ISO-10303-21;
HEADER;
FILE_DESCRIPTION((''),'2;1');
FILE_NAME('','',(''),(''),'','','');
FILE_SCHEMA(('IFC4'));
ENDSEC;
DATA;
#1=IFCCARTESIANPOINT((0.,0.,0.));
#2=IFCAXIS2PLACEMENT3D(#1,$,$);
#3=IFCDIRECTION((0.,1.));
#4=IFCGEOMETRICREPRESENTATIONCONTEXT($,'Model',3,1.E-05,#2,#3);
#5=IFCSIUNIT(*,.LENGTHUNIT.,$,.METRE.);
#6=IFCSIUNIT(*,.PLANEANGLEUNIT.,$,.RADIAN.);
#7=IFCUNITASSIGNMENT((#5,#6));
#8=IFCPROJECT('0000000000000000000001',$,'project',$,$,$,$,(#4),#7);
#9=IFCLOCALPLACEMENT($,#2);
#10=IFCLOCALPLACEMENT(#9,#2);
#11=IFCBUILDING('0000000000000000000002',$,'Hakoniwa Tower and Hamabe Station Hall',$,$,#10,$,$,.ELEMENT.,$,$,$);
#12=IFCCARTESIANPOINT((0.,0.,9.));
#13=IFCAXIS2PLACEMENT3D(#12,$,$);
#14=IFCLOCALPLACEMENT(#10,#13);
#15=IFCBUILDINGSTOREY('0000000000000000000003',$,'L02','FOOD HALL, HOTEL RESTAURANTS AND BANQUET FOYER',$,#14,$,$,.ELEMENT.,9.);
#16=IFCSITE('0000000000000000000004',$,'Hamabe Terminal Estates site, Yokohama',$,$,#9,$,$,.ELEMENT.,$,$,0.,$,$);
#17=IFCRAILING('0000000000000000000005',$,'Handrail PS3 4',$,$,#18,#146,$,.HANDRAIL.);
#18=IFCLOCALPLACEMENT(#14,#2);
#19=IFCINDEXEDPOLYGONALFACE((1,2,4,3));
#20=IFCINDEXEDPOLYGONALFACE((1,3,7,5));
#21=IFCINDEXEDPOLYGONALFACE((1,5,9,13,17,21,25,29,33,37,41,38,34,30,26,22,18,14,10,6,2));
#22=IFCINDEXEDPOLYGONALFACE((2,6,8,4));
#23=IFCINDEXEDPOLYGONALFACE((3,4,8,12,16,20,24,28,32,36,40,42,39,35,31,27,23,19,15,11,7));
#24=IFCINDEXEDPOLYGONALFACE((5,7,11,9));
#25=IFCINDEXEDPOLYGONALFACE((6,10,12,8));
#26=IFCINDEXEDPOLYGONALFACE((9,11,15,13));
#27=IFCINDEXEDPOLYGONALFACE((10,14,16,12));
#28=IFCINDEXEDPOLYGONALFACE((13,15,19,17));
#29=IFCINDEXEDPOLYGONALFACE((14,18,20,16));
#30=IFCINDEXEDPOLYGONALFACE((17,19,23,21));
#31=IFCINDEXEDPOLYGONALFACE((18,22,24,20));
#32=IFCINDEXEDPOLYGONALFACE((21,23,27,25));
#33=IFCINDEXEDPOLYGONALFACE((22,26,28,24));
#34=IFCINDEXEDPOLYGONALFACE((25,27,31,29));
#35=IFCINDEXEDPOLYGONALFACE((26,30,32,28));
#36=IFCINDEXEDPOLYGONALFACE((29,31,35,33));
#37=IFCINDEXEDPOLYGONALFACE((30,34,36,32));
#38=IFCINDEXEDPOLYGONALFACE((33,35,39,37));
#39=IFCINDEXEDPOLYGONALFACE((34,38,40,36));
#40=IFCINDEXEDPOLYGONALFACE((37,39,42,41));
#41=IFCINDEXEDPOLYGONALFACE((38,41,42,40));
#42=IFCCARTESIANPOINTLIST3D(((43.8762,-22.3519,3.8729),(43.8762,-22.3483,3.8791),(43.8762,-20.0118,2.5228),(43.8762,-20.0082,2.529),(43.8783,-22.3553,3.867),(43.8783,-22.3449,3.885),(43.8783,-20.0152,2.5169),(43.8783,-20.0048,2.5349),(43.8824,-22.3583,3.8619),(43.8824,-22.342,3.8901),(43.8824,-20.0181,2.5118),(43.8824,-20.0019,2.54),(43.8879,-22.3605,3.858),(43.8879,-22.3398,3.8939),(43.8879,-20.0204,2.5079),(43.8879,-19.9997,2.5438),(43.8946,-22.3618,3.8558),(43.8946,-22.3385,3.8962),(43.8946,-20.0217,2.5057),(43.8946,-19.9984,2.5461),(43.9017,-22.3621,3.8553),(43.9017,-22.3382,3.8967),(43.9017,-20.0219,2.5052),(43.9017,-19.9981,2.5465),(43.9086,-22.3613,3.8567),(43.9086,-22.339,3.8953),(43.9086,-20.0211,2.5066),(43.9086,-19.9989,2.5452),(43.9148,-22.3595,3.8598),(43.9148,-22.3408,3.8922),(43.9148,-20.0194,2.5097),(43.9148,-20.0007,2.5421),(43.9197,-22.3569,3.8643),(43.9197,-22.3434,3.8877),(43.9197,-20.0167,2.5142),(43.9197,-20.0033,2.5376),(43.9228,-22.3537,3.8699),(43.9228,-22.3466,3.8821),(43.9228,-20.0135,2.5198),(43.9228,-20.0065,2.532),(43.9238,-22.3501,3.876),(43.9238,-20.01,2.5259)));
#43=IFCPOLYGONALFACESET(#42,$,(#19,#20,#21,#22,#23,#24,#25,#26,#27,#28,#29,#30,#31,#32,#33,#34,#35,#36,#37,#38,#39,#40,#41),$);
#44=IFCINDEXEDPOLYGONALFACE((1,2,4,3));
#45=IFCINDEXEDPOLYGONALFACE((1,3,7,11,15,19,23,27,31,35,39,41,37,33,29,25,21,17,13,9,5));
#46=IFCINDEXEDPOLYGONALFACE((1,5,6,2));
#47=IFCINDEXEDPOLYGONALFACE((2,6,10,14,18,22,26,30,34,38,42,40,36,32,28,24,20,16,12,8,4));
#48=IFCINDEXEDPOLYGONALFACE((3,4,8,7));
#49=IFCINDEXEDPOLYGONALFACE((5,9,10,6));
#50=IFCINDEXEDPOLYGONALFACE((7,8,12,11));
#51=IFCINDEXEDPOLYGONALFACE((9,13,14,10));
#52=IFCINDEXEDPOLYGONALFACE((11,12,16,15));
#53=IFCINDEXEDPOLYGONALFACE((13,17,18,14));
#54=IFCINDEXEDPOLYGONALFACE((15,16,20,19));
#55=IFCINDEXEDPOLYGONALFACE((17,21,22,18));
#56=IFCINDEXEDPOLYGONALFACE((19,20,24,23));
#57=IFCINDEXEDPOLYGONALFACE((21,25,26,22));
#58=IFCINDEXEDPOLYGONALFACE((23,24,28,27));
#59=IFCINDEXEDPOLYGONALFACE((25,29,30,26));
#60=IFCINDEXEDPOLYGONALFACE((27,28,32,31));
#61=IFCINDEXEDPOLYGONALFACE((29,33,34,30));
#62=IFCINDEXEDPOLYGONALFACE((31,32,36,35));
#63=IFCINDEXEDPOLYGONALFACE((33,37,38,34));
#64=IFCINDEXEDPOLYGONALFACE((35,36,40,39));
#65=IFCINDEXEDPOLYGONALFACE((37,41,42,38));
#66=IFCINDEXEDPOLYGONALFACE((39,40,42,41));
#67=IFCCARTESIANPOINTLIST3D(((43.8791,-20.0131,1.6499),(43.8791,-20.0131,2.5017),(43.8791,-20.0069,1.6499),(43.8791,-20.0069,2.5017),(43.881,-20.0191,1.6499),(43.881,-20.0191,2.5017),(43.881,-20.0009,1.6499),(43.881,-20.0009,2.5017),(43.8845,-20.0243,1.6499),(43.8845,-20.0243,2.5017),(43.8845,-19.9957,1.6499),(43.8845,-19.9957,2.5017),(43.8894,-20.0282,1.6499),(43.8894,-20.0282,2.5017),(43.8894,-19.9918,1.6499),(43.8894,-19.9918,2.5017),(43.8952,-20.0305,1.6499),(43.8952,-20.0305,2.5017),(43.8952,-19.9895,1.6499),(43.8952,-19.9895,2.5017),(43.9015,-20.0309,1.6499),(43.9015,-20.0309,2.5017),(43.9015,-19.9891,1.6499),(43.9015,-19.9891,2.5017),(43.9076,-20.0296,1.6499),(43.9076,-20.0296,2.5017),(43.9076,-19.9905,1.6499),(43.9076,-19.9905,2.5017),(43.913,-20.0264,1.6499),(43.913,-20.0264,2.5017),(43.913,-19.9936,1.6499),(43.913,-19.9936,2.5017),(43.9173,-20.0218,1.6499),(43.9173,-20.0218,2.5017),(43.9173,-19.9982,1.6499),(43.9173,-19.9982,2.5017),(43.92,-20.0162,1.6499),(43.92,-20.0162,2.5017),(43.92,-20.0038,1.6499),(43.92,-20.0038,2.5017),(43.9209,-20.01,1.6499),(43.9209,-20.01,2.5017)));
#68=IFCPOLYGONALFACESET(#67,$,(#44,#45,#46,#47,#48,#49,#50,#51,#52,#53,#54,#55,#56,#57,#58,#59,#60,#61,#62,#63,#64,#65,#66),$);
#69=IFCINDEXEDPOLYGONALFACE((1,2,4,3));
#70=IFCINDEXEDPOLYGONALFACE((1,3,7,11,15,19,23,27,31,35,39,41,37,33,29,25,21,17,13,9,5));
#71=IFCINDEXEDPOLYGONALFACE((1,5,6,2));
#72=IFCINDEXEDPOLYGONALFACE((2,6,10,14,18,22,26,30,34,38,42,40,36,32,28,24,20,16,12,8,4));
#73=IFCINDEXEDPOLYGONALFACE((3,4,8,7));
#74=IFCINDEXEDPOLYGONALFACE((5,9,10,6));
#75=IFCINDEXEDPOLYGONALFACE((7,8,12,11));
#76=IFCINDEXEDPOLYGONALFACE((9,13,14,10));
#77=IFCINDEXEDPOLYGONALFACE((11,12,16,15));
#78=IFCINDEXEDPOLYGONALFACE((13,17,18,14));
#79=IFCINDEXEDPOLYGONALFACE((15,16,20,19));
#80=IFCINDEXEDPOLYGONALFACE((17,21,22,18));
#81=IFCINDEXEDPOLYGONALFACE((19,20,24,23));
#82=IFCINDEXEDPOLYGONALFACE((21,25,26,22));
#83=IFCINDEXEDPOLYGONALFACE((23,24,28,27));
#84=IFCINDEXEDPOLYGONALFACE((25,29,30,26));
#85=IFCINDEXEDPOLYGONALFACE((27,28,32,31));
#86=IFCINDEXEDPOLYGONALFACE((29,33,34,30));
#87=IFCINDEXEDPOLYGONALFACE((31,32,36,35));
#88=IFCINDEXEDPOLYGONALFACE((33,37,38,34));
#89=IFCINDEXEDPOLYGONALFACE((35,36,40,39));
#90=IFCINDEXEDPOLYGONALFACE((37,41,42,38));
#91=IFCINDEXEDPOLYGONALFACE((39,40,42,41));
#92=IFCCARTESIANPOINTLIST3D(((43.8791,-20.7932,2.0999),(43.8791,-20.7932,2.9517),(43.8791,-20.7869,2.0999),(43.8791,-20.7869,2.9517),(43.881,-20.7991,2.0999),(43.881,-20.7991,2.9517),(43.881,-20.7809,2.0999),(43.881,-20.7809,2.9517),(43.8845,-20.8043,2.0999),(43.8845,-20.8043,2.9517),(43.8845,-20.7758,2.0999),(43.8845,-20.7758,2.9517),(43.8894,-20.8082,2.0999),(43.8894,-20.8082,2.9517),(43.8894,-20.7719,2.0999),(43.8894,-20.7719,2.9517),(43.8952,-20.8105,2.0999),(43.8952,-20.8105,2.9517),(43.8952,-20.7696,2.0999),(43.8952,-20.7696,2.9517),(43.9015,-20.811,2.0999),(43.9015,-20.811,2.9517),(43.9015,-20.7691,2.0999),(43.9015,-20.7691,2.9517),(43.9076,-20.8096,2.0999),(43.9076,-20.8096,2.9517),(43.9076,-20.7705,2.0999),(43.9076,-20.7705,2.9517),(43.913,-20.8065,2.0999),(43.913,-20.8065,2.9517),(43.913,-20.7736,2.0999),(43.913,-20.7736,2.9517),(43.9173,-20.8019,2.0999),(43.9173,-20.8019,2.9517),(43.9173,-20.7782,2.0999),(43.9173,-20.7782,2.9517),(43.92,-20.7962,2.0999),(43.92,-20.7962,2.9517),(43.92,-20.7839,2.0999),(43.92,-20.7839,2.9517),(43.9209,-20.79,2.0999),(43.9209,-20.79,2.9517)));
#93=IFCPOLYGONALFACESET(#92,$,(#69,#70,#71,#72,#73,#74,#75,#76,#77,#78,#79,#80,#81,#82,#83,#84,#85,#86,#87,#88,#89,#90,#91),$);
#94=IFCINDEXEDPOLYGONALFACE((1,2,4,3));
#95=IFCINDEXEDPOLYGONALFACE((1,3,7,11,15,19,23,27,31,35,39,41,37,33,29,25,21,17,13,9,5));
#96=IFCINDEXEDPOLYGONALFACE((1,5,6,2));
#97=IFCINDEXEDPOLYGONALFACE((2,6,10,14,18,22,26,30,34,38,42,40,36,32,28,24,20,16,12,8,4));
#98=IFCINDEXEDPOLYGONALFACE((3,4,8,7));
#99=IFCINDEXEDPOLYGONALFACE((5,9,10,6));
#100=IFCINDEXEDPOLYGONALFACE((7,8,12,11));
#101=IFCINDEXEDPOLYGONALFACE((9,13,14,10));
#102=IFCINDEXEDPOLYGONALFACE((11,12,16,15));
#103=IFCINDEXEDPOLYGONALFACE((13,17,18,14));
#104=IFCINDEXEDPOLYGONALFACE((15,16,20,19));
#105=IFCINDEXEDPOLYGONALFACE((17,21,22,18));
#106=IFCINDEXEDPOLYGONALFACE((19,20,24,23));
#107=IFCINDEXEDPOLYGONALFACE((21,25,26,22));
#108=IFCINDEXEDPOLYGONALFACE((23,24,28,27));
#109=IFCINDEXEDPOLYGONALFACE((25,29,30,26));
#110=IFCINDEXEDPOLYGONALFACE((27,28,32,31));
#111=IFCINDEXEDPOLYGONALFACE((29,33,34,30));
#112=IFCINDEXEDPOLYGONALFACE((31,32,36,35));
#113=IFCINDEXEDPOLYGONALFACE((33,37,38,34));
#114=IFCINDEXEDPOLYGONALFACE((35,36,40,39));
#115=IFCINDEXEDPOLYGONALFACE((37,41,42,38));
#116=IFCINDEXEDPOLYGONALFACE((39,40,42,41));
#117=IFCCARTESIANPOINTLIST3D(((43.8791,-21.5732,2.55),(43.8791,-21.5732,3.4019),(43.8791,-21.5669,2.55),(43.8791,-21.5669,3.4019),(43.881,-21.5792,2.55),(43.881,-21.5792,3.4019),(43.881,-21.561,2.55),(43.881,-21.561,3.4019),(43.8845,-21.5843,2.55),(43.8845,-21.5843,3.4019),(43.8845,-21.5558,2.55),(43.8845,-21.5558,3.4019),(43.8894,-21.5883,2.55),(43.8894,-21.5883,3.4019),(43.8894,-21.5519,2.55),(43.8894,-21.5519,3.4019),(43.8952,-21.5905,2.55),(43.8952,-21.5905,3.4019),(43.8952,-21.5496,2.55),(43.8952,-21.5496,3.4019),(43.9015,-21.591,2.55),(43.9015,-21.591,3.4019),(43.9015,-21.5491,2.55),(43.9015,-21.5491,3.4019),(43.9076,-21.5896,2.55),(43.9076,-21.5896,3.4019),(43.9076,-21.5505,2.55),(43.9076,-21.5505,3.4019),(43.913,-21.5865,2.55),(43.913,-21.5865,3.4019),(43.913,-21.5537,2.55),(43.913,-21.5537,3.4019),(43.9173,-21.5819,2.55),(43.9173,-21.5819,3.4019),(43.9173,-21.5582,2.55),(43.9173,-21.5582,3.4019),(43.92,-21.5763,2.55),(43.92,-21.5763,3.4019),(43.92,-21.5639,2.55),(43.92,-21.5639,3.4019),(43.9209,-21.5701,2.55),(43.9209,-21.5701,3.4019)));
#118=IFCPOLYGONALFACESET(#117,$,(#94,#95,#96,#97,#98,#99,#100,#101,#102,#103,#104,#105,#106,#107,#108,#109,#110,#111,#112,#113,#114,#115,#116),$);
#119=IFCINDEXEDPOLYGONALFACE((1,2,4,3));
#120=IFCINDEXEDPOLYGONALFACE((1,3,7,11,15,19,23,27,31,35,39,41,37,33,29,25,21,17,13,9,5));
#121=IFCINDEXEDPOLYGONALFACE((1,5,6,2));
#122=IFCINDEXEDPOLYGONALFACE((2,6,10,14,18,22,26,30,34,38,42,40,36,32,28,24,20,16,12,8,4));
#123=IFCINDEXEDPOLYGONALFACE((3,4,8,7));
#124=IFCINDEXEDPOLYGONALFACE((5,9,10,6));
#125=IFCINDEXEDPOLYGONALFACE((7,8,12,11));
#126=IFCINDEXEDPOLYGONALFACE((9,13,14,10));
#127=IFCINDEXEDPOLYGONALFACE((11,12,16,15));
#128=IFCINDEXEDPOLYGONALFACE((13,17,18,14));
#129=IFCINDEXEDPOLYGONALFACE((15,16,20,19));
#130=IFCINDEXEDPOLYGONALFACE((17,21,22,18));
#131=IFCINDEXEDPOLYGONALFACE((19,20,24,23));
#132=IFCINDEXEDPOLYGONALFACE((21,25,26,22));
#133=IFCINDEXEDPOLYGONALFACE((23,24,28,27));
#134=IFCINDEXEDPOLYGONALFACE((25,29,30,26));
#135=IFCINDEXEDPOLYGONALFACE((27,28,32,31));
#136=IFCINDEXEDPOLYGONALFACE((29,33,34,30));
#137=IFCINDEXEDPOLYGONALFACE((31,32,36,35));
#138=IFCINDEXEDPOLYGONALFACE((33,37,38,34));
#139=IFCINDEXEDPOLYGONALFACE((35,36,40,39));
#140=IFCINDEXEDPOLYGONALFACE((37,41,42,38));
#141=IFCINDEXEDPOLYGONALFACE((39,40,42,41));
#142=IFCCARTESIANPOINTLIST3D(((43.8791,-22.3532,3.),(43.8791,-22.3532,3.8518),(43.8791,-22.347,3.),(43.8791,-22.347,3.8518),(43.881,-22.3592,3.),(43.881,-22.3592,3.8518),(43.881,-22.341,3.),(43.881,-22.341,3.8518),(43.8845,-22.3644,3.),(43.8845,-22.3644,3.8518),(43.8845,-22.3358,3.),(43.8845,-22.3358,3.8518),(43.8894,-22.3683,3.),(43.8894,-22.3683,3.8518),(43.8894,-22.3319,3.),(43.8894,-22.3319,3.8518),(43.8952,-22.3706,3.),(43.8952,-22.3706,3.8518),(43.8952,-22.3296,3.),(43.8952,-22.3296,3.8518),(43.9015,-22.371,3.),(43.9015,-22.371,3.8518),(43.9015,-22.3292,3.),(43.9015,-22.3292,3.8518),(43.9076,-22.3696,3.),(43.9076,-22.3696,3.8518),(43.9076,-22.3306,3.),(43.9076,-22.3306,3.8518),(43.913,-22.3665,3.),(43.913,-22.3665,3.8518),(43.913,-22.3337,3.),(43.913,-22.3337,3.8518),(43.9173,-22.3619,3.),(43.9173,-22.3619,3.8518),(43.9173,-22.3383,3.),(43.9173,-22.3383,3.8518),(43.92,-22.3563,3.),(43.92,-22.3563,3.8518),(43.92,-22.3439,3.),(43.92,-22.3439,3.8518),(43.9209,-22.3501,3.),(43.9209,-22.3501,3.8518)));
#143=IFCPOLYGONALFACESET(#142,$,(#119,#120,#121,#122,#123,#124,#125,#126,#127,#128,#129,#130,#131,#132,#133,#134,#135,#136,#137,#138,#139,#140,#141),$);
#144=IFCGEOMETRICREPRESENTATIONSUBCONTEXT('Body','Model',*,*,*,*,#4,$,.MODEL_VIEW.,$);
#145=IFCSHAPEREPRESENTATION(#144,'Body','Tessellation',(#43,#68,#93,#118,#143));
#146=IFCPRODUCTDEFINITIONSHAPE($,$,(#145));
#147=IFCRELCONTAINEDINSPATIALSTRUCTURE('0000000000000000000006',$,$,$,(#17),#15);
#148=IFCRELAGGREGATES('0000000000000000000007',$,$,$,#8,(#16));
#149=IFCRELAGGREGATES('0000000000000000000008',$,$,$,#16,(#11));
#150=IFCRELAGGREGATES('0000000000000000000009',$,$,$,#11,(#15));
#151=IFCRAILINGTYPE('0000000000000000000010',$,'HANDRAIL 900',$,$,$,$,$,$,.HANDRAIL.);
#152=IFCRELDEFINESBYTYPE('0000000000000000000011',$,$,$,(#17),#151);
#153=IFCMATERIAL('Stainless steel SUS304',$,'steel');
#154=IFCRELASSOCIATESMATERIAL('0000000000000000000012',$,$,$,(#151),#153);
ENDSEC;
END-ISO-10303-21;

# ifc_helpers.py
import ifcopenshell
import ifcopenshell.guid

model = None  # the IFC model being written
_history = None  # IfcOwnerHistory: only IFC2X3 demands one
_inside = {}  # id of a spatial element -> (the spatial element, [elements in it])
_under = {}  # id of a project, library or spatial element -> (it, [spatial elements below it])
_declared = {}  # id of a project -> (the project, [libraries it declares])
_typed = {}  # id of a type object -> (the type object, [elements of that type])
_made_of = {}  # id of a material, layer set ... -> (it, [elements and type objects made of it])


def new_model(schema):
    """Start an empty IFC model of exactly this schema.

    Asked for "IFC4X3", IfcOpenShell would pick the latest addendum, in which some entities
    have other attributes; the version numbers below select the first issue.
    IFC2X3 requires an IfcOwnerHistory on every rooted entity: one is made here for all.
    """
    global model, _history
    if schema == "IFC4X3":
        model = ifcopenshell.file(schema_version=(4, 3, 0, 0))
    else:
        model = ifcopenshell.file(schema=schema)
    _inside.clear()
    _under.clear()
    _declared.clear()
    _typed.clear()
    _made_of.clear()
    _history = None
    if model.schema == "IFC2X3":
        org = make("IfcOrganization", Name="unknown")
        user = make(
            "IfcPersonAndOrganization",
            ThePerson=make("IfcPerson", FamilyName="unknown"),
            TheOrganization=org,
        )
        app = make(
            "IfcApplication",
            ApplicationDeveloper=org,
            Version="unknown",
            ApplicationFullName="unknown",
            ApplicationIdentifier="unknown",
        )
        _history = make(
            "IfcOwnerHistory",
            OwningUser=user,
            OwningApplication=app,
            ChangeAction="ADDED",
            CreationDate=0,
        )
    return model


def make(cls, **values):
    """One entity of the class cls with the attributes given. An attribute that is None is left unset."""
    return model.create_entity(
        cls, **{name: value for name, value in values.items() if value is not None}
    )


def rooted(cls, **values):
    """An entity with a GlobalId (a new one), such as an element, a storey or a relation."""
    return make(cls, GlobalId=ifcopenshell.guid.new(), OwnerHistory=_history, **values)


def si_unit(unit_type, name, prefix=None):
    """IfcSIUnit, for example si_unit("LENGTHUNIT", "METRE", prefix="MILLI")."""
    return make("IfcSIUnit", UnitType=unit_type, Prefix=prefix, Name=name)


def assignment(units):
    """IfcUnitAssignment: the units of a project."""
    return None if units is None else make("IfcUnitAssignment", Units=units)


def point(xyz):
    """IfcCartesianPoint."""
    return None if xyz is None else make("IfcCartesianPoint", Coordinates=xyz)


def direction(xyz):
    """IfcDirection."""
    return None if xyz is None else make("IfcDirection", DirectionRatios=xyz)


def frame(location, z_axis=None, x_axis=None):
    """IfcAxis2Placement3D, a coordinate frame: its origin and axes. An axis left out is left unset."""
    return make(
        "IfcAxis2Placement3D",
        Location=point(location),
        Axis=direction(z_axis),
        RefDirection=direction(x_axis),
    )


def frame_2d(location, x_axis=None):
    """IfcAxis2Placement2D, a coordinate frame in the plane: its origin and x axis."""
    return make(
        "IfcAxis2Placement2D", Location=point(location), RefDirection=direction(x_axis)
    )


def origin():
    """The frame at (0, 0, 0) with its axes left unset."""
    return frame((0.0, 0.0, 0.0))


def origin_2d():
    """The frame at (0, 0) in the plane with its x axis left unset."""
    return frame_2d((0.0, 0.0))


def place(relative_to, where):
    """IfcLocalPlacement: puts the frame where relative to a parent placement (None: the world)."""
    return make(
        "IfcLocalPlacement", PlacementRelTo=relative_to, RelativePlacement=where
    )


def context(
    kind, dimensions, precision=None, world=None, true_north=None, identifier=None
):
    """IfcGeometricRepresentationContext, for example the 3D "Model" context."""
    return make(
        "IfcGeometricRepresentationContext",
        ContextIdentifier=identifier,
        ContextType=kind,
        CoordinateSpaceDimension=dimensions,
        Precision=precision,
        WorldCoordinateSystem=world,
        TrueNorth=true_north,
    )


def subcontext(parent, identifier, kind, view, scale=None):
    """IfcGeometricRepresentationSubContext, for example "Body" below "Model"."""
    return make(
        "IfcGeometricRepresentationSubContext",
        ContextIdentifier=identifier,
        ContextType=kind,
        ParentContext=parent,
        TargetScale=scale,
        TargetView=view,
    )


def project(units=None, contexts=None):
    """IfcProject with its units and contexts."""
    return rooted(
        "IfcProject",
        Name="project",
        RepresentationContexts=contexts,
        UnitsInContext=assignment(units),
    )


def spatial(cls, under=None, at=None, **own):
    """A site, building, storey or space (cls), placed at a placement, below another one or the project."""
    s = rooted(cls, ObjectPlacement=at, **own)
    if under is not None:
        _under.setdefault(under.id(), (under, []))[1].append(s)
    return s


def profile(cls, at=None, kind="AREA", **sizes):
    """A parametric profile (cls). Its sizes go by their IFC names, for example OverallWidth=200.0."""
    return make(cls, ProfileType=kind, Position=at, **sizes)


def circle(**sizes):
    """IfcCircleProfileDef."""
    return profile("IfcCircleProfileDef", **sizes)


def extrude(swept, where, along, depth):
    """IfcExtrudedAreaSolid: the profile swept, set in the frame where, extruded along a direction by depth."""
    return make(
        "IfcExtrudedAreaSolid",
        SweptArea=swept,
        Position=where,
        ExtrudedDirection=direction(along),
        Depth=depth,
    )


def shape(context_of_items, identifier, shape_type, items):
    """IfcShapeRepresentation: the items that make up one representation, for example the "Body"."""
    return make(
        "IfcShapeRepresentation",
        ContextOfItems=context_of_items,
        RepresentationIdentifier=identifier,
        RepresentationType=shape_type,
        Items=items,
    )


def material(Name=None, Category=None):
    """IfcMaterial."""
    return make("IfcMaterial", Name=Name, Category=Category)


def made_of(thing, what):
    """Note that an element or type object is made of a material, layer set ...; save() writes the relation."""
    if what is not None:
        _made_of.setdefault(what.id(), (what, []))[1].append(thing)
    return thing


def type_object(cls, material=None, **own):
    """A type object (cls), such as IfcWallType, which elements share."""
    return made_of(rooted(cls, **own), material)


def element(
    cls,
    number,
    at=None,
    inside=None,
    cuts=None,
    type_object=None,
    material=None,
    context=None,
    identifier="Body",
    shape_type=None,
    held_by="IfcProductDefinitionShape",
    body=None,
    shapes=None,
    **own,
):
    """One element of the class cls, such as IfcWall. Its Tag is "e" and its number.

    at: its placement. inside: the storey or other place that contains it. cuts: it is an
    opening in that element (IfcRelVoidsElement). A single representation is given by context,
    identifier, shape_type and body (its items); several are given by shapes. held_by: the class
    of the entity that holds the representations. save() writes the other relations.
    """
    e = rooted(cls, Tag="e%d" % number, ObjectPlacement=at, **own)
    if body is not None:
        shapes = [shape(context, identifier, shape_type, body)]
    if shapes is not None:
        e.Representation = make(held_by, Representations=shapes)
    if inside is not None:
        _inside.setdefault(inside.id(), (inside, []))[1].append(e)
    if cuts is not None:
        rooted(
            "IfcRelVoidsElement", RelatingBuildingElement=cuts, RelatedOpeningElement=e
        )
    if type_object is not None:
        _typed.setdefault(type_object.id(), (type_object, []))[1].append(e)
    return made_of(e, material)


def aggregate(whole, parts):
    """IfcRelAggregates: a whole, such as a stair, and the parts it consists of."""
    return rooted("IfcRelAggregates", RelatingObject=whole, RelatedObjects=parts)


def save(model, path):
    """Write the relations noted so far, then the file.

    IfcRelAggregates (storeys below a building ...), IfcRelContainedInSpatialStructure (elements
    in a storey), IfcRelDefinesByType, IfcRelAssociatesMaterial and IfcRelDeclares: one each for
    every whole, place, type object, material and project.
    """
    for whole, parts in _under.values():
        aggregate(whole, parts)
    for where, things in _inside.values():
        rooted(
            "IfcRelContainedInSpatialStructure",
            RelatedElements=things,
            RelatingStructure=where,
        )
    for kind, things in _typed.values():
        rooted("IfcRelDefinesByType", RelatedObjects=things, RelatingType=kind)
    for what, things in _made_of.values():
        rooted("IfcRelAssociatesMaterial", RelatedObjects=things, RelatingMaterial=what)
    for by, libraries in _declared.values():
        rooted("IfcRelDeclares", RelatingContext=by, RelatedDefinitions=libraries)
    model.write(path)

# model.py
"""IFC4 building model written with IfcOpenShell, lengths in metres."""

from ifc_helpers import new_model, si_unit, direction, frame, origin, origin_2d, place, context, subcontext, project, spatial, circle, extrude, material, type_object, element, save


model = new_model("IFC4")

# Units and contexts
model_context = context("Model", 3, precision=1e-05, world=origin(), true_north=direction((0.0, 1.0)))
body_context = subcontext(model_context, "Body", "Model", "MODEL_VIEW")
ifc_project = project(units=[si_unit("LENGTHUNIT", "METRE"), si_unit("PLANEANGLEUNIT", "RADIAN")], contexts=[model_context])

# Site, building, storey
site_placement = place(None, origin())
site = spatial("IfcSite", under=ifc_project, at=site_placement, Name="Hamabe Terminal Estates site, Yokohama", CompositionType="ELEMENT", RefElevation=0.0)
building_placement = place(site_placement, origin())
building = spatial("IfcBuilding", under=site, at=building_placement, Name="Hakoniwa Tower and Hamabe Station Hall", CompositionType="ELEMENT")
storey_placement = place(building_placement, frame((0.0, 0.0, 9.0)))
storey = spatial("IfcBuildingStorey", under=building, at=storey_placement, Name="L02", Description="FOOD HALL, HOTEL RESTAURANTS AND BANQUET FOYER", CompositionType="ELEMENT", Elevation=9.0)

# Railing
ifc_material_1 = material(Name="Stainless steel SUS304", Category="steel")
railing_type_1 = type_object("IfcRailingType", Name="HANDRAIL 900", PredefinedType="HANDRAIL", material=ifc_material_1)
for number, where, name in (
    (1, (43.8999, -20.01, 1.6499), "Handrail PS3 4"),
):
    element("IfcRailing", number, at=place(storey_placement, frame(where)), inside=storey, type_object=railing_type_1, Name=name, PredefinedType="HANDRAIL", context=body_context, shape_type="SweptSolid", body=[
        extrude(circle(Radius=0.0239, at=origin_2d()), frame((0.0, 0.0, 0.876), z_axis=(0.0, -0.866178, 0.499735), x_axis=(1.0, 0.0, 0.0)), (0.0, 0.0, 1.0), 2.7017),
        extrude(circle(Radius=0.021, at=origin_2d()), origin(), (0.0, 0.0, 1.0), 0.8518),
        extrude(circle(Radius=0.021, at=origin_2d()), frame((0.0, -0.78, 0.45)), (0.0, 0.0, 1.0), 0.8518),
        extrude(circle(Radius=0.021, at=origin_2d()), frame((0.0, -1.5601, 0.9001)), (0.0, 0.0, 1.0), 0.8518),
        extrude(circle(Radius=0.021, at=origin_2d()), frame((0.0, -2.3401, 1.3501)), (0.0, 0.0, 1.0), 0.8518),
    ])

save(model, "model.ifc")
